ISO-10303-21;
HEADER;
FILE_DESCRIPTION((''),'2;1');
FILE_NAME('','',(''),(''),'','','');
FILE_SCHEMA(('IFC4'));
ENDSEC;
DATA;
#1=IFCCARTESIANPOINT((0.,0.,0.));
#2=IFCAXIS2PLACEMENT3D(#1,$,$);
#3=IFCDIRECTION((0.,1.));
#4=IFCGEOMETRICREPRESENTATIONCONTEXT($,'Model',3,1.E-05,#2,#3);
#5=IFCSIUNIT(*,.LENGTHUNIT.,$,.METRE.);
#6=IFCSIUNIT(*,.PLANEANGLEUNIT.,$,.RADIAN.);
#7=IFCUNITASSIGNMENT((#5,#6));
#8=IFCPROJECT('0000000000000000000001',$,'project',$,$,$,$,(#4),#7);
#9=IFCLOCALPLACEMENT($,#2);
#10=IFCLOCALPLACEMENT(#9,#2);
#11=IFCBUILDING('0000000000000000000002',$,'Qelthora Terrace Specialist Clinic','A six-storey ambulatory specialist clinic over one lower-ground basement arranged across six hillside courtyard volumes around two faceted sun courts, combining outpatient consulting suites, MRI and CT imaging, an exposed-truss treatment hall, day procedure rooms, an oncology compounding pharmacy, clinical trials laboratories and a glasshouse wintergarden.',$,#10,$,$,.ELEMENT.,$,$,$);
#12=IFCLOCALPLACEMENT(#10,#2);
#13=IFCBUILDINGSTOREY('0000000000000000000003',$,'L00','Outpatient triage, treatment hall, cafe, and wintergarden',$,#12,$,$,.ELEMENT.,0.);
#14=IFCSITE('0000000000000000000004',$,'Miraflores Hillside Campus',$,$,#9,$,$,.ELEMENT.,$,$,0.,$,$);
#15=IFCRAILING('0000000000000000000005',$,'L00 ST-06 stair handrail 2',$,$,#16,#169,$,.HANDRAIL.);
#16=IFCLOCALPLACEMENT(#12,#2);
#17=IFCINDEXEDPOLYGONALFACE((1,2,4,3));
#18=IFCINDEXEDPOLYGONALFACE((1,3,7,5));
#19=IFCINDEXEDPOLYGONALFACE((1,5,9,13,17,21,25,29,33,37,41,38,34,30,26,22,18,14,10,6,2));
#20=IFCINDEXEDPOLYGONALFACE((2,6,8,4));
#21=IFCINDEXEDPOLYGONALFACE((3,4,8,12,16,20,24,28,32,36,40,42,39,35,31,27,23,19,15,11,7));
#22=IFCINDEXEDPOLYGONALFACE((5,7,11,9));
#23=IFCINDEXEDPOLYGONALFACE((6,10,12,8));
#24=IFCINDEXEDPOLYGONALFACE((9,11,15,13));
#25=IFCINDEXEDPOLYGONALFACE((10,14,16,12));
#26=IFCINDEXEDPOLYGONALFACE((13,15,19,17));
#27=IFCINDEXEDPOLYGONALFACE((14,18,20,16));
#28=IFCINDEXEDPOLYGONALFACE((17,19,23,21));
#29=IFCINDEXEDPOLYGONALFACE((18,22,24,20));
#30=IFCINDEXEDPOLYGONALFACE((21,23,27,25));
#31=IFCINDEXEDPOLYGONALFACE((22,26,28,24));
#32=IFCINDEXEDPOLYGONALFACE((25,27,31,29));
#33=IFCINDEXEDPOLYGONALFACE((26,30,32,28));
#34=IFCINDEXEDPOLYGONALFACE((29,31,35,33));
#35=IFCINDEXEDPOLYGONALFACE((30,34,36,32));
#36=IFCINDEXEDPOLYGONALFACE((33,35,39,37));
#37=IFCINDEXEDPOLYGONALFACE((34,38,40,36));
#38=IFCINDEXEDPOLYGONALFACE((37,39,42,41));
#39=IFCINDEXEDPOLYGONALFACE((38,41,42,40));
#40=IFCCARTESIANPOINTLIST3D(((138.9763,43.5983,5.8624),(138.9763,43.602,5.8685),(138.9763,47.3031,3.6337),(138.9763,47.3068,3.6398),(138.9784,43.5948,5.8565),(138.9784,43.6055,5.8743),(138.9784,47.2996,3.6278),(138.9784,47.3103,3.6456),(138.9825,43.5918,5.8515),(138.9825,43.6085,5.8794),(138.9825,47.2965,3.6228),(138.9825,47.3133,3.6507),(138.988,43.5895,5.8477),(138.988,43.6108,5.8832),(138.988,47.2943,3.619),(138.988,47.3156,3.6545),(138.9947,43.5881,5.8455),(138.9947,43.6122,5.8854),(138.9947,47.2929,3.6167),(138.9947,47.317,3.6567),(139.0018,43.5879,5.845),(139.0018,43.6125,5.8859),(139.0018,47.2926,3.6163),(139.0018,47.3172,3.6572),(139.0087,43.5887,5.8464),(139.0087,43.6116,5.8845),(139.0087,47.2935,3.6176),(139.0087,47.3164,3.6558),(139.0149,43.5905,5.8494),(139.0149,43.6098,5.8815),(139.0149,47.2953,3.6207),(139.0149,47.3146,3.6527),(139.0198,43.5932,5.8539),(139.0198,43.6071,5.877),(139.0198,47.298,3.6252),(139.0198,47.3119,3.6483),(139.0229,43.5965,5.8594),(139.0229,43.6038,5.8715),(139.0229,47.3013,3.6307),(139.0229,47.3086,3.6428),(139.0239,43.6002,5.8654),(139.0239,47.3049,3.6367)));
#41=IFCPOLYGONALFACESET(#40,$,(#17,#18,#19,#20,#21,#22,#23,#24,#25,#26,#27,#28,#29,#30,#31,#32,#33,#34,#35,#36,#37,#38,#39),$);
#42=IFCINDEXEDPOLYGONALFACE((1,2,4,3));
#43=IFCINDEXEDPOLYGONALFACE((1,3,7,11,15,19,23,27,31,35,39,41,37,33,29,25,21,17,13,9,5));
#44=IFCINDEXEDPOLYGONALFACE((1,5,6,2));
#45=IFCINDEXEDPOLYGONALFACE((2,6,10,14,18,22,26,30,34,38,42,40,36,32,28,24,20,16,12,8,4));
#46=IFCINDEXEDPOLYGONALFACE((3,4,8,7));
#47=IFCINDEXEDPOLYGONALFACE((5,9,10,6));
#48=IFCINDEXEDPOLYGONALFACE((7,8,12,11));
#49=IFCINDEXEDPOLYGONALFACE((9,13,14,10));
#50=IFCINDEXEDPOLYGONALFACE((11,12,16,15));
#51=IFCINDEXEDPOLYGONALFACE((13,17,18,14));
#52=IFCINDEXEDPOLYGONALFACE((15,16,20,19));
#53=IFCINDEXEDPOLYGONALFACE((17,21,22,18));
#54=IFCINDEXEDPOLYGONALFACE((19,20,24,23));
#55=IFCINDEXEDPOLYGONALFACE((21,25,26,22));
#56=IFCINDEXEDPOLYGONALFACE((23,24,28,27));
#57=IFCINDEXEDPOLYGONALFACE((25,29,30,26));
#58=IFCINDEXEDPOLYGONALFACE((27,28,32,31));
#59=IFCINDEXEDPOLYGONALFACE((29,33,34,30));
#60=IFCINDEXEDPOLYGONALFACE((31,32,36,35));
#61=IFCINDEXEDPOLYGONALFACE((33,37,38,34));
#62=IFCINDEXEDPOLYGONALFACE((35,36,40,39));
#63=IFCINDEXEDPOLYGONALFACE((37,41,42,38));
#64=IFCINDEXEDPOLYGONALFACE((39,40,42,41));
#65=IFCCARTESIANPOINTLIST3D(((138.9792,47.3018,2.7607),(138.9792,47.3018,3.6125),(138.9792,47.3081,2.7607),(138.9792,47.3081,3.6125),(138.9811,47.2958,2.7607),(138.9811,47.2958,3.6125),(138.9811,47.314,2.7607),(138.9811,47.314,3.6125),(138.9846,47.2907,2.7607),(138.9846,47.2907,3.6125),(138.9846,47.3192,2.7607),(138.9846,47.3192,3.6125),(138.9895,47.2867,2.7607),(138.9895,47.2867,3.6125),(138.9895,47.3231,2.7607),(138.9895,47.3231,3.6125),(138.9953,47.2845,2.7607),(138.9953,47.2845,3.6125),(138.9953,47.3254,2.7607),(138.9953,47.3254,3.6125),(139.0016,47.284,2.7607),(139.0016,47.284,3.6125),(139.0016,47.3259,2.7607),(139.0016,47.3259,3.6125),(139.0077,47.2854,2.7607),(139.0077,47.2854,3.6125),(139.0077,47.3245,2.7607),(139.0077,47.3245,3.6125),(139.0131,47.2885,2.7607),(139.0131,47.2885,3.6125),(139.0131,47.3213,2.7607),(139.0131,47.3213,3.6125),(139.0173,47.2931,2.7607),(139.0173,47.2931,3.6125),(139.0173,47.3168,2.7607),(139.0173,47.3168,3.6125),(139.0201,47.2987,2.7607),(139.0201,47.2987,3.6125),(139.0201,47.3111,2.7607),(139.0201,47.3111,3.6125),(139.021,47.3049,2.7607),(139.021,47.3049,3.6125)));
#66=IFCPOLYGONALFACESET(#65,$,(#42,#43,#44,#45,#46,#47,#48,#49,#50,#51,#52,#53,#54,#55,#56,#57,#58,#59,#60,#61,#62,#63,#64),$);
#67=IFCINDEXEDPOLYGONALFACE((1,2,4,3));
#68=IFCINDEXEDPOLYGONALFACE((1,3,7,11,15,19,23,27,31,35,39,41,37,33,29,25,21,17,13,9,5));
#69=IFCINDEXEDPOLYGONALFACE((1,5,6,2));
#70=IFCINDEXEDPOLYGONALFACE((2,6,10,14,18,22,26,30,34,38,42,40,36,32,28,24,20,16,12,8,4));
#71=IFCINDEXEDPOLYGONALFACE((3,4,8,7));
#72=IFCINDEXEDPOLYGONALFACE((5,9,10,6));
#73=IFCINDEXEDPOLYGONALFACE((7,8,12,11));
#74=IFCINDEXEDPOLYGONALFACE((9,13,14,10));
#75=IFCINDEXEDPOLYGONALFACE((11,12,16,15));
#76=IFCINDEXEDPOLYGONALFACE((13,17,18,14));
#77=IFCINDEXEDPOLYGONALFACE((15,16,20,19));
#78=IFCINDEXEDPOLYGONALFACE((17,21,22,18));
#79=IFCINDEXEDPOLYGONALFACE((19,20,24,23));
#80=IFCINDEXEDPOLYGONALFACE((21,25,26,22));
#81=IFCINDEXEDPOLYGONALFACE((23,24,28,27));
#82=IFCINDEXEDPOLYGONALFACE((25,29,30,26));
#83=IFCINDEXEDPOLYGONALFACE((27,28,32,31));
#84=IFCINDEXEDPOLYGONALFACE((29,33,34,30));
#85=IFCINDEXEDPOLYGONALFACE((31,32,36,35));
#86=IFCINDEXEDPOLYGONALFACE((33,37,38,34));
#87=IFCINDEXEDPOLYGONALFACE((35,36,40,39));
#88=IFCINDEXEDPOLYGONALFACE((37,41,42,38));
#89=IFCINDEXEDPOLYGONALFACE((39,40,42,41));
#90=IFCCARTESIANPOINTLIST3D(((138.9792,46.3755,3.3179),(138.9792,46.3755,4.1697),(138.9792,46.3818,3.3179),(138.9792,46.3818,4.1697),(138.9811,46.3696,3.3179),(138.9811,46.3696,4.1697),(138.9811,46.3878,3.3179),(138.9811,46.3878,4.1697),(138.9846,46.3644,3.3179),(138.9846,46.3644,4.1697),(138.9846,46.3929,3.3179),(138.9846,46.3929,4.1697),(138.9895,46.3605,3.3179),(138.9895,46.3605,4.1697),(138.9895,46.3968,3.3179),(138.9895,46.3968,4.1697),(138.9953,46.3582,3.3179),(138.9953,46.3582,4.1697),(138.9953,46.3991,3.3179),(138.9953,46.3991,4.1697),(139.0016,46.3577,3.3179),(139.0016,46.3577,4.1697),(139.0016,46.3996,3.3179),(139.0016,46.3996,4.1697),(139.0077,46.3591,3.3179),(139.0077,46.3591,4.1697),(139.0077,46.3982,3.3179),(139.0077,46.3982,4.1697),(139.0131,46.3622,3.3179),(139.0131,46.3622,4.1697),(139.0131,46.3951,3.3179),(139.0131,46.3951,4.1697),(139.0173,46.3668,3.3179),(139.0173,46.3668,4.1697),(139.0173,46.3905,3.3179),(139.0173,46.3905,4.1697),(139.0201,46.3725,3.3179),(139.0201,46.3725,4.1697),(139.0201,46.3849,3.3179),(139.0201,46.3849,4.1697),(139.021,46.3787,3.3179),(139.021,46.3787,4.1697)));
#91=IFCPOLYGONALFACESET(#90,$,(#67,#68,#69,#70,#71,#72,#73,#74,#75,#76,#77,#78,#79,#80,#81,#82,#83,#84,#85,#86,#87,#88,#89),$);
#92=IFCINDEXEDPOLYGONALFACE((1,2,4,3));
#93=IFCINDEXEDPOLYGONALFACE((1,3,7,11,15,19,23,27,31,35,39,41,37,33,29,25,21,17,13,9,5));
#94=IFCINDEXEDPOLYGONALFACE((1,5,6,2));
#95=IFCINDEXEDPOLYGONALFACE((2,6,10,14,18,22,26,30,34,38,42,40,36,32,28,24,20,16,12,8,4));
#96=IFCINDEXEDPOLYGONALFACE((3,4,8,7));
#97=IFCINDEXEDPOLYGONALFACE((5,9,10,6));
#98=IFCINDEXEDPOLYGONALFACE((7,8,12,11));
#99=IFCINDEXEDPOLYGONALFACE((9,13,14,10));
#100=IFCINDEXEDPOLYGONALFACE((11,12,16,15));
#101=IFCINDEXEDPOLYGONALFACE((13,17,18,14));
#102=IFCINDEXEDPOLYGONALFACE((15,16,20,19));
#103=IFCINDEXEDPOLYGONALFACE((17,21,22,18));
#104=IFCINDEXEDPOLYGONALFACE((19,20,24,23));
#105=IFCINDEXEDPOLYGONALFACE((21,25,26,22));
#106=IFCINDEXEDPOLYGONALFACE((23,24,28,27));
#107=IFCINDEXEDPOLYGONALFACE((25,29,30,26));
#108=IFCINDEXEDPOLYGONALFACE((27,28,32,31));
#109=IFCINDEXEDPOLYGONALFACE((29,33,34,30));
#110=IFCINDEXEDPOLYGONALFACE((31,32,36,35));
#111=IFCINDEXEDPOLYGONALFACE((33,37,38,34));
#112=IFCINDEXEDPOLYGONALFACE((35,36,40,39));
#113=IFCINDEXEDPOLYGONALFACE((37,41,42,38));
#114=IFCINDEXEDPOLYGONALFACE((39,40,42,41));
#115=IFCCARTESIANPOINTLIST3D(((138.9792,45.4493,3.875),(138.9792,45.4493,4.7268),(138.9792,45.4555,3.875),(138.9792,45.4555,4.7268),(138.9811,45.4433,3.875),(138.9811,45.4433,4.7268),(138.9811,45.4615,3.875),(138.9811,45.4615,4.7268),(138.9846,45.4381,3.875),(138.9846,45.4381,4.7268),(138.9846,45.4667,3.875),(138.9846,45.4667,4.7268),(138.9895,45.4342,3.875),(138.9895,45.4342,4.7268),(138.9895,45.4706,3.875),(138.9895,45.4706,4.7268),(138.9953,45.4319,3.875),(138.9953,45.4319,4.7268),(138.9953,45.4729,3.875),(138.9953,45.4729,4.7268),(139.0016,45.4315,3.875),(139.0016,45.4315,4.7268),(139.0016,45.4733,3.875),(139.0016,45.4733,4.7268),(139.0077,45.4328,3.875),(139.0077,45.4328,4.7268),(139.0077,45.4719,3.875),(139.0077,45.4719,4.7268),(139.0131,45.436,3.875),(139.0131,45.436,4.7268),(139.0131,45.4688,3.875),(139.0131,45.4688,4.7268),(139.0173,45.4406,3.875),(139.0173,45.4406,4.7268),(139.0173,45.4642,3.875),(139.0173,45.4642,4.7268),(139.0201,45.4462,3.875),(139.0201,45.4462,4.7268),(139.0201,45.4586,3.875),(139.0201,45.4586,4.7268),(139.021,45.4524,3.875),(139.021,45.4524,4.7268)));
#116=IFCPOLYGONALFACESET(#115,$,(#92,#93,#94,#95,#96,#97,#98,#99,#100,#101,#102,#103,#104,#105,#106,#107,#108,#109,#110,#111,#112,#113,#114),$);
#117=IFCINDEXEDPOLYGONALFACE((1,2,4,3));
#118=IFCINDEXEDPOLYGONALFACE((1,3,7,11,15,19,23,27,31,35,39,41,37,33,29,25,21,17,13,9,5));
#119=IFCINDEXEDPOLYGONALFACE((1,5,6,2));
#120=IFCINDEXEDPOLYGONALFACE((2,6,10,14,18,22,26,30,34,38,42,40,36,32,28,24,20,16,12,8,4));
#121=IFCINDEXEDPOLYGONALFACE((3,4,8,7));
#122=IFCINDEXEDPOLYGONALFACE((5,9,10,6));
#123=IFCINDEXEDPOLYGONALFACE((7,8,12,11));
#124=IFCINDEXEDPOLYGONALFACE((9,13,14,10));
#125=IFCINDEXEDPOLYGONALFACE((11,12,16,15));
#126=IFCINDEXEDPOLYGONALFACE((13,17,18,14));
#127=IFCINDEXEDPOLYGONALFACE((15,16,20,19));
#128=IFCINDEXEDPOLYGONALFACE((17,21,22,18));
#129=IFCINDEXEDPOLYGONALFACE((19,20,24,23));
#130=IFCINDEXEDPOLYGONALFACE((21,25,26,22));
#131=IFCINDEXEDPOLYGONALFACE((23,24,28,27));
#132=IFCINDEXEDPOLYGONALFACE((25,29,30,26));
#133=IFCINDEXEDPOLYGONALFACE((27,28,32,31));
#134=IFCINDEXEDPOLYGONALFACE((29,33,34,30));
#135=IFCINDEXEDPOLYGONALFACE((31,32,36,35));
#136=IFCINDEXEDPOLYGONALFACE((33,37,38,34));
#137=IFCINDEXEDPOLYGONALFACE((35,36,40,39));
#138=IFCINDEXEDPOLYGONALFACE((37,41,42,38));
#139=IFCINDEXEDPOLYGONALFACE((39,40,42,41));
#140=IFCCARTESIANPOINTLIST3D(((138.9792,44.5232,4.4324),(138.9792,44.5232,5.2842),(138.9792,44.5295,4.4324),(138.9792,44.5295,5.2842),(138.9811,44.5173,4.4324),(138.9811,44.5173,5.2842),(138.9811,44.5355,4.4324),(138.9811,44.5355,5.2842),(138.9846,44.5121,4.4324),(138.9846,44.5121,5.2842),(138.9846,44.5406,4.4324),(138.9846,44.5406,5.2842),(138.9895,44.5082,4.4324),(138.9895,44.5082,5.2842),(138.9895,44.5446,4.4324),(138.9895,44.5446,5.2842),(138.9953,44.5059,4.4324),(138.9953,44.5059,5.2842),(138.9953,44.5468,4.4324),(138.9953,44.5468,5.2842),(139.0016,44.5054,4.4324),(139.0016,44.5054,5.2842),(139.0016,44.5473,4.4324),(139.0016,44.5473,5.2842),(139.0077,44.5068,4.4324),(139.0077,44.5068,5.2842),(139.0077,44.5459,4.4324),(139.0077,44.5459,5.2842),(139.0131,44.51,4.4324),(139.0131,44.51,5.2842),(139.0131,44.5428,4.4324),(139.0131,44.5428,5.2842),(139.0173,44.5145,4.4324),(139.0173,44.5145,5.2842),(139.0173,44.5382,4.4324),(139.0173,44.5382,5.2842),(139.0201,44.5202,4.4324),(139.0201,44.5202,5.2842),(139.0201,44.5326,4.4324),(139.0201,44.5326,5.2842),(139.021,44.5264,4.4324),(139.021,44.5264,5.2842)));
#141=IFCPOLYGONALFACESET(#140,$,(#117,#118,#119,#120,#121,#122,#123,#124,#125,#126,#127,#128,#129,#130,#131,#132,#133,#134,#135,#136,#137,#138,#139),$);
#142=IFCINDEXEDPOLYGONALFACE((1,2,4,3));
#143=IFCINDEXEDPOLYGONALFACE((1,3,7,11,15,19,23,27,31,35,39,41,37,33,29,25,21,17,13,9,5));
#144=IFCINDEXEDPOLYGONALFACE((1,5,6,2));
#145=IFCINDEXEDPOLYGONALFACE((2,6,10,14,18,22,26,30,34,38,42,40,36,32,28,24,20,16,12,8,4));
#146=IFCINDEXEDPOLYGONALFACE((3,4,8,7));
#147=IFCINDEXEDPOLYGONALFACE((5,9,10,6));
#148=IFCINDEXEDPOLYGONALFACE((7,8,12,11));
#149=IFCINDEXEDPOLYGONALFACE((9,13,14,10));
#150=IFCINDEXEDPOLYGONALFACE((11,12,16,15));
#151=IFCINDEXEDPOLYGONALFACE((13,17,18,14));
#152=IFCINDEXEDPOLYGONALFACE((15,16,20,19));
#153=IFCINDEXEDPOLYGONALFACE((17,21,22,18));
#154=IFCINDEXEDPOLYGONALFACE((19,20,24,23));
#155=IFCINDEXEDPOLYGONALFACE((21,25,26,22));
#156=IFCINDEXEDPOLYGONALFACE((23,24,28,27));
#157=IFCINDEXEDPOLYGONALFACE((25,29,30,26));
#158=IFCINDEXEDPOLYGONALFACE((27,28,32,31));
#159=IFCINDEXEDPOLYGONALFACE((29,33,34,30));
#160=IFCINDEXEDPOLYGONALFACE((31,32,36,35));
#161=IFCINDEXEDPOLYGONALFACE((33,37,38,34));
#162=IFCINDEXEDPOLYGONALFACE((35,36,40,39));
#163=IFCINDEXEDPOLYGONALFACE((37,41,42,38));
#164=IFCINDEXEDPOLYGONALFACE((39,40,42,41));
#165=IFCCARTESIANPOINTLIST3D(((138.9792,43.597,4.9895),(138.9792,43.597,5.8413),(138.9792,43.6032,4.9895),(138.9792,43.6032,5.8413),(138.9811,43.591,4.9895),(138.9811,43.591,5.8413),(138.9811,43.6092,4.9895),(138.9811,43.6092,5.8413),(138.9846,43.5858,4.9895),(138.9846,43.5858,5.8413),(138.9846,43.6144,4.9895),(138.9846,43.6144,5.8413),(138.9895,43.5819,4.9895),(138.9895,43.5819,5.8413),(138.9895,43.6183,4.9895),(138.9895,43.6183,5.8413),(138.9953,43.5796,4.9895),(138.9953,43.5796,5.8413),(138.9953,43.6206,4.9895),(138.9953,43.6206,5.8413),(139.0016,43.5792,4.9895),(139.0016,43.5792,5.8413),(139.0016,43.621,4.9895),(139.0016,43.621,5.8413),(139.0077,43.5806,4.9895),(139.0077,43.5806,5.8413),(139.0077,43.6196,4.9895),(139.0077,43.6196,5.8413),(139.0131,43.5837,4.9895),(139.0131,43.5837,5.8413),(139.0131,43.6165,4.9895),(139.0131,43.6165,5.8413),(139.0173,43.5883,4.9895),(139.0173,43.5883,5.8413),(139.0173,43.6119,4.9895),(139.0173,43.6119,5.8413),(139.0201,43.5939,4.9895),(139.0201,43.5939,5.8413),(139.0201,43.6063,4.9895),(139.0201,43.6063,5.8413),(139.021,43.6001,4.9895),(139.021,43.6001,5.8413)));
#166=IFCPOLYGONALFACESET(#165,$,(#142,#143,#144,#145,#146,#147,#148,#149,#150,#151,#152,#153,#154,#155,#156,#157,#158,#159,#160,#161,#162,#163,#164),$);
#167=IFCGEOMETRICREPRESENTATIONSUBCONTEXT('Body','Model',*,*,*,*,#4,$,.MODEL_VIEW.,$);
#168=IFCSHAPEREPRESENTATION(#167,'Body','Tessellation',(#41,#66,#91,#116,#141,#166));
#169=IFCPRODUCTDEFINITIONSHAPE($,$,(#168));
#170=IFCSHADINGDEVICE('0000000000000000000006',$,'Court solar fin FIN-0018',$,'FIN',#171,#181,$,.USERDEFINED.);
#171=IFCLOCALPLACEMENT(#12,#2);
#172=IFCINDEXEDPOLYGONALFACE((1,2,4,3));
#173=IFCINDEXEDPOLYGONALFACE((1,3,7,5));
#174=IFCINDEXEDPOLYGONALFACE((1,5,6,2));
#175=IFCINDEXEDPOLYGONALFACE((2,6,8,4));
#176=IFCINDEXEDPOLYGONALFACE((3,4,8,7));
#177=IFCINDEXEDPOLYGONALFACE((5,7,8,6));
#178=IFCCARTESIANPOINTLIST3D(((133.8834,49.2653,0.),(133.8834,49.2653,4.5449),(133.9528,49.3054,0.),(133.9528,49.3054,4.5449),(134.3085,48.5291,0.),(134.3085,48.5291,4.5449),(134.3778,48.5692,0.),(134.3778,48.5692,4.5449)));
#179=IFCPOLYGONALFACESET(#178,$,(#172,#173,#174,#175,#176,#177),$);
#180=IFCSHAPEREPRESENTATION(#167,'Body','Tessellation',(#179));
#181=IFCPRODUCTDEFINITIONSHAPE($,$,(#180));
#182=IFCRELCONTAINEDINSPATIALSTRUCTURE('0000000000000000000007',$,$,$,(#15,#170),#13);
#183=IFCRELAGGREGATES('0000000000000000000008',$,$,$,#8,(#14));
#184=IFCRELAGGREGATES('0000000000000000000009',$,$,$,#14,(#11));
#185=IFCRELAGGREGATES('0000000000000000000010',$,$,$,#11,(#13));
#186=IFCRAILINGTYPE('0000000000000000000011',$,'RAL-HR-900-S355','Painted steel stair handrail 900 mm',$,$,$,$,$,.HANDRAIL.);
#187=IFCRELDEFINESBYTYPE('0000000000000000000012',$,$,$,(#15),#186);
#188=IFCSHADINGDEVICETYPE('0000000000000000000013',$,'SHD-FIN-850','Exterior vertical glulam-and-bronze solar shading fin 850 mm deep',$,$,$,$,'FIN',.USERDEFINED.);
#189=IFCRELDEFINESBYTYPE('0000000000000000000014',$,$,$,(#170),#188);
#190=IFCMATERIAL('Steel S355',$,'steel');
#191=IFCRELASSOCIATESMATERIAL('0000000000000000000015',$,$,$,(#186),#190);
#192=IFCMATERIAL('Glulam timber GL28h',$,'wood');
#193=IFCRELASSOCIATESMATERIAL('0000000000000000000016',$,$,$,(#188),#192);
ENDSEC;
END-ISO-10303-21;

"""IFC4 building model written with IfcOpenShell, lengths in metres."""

from ifc_helpers import new_model, si_unit, direction, frame, origin, origin_2d, place, context, subcontext, project, spatial, rectangle, circle, extrude, material, type_object, element, save


model = new_model("IFC4")

# Units and contexts
model_context = context("Model", 3, precision=1e-05, world=origin(), true_north=direction((0.0, 1.0)))
body_context = subcontext(model_context, "Body", "Model", "MODEL_VIEW")
ifc_project = project(units=[si_unit("LENGTHUNIT", "METRE"), si_unit("PLANEANGLEUNIT", "RADIAN")], contexts=[model_context])

# Site, building, storey
site_placement = place(None, origin())
site = spatial("IfcSite", under=ifc_project, at=site_placement, Name="Miraflores Hillside Campus", CompositionType="ELEMENT", RefElevation=0.0)
building_placement = place(site_placement, origin())
building = spatial("IfcBuilding", under=site, at=building_placement, Name="Qelthora Terrace Specialist Clinic", Description="A six-storey ambulatory specialist clinic over one lower-ground basement arranged across six hillside courtyard volumes around two faceted sun courts, combining outpatient consulting suites, MRI and CT imaging, an exposed-truss treatment hall, day procedure rooms, an oncology compounding pharmacy, clinical trials laboratories and a glasshouse wintergarden.", CompositionType="ELEMENT")
storey_placement = place(building_placement, origin())
storey = spatial("IfcBuildingStorey", under=building, at=storey_placement, Name="L00", Description="Outpatient triage, treatment hall, cafe, and wintergarden", CompositionType="ELEMENT", Elevation=0.0)

# Railing
ifc_material_1 = material(Name="Steel S355", Category="steel")
railing_type_1 = type_object("IfcRailingType", Name="RAL-HR-900-S355", Description="Painted steel stair handrail 900 mm", PredefinedType="HANDRAIL", material=ifc_material_1)
railing_1_placement = place(storey_placement, frame((139.0, 47.3049, 2.7607)))
element("IfcRailing", 1, at=railing_1_placement, inside=storey, type_object=railing_type_1, Name="L00 ST-06 stair handrail 2", PredefinedType="HANDRAIL", context=body_context, shape_type="SweptSolid", body=[
    extrude(circle(Radius=0.0239, at=origin_2d()), frame((0.0, 0.0, 0.876), z_axis=(0.0, -0.856894, 0.515492), x_axis=(1.0, 0.0, 0.0)), (0.0, 0.0, 1.0), 4.3235),
    extrude(circle(Radius=0.021, at=origin_2d()), origin(), (0.0, 0.0, 1.0), 0.8518),
    extrude(circle(Radius=0.021, at=origin_2d()), frame((0.0, -0.9263, 0.5571)), (0.0, 0.0, 1.0), 0.8518),
    extrude(circle(Radius=0.021, at=origin_2d()), frame((0.0, -1.8525, 1.1143)), (0.0, 0.0, 1.0), 0.8518),
    extrude(circle(Radius=0.021, at=origin_2d()), frame((0.0, -2.7786, 1.6716)), (0.0, 0.0, 1.0), 0.8518),
    extrude(circle(Radius=0.021, at=origin_2d()), frame((0.0, -3.7048, 2.2288)), (0.0, 0.0, 1.0), 0.8518),
])

# Shading device
ifc_material_2 = material(Name="Glulam timber GL28h", Category="wood")
shading_device_type = type_object("IfcShadingDeviceType", Name="SHD-FIN-850", Description="Exterior vertical glulam-and-bronze solar shading fin 850 mm deep", ElementType="FIN", PredefinedType="USERDEFINED", material=ifc_material_2)
shading_device_placement = place(storey_placement, frame((134.1306, 48.9172, 0.0), z_axis=(0.0, 0.0, 1.0), x_axis=(-0.5, 0.866025, 0.0)))
element("IfcShadingDevice", 2, at=shading_device_placement, inside=storey, type_object=shading_device_type, Name="Court solar fin FIN-0018", ObjectType="FIN", PredefinedType="USERDEFINED", context=body_context, shape_type="SweptSolid", body=[
    extrude(rectangle(XDim=0.8501, YDim=0.0801, at=origin_2d()), origin(), (0.0, 0.0, 1.0), 4.5449),
])

save(model, "model.ifc")
